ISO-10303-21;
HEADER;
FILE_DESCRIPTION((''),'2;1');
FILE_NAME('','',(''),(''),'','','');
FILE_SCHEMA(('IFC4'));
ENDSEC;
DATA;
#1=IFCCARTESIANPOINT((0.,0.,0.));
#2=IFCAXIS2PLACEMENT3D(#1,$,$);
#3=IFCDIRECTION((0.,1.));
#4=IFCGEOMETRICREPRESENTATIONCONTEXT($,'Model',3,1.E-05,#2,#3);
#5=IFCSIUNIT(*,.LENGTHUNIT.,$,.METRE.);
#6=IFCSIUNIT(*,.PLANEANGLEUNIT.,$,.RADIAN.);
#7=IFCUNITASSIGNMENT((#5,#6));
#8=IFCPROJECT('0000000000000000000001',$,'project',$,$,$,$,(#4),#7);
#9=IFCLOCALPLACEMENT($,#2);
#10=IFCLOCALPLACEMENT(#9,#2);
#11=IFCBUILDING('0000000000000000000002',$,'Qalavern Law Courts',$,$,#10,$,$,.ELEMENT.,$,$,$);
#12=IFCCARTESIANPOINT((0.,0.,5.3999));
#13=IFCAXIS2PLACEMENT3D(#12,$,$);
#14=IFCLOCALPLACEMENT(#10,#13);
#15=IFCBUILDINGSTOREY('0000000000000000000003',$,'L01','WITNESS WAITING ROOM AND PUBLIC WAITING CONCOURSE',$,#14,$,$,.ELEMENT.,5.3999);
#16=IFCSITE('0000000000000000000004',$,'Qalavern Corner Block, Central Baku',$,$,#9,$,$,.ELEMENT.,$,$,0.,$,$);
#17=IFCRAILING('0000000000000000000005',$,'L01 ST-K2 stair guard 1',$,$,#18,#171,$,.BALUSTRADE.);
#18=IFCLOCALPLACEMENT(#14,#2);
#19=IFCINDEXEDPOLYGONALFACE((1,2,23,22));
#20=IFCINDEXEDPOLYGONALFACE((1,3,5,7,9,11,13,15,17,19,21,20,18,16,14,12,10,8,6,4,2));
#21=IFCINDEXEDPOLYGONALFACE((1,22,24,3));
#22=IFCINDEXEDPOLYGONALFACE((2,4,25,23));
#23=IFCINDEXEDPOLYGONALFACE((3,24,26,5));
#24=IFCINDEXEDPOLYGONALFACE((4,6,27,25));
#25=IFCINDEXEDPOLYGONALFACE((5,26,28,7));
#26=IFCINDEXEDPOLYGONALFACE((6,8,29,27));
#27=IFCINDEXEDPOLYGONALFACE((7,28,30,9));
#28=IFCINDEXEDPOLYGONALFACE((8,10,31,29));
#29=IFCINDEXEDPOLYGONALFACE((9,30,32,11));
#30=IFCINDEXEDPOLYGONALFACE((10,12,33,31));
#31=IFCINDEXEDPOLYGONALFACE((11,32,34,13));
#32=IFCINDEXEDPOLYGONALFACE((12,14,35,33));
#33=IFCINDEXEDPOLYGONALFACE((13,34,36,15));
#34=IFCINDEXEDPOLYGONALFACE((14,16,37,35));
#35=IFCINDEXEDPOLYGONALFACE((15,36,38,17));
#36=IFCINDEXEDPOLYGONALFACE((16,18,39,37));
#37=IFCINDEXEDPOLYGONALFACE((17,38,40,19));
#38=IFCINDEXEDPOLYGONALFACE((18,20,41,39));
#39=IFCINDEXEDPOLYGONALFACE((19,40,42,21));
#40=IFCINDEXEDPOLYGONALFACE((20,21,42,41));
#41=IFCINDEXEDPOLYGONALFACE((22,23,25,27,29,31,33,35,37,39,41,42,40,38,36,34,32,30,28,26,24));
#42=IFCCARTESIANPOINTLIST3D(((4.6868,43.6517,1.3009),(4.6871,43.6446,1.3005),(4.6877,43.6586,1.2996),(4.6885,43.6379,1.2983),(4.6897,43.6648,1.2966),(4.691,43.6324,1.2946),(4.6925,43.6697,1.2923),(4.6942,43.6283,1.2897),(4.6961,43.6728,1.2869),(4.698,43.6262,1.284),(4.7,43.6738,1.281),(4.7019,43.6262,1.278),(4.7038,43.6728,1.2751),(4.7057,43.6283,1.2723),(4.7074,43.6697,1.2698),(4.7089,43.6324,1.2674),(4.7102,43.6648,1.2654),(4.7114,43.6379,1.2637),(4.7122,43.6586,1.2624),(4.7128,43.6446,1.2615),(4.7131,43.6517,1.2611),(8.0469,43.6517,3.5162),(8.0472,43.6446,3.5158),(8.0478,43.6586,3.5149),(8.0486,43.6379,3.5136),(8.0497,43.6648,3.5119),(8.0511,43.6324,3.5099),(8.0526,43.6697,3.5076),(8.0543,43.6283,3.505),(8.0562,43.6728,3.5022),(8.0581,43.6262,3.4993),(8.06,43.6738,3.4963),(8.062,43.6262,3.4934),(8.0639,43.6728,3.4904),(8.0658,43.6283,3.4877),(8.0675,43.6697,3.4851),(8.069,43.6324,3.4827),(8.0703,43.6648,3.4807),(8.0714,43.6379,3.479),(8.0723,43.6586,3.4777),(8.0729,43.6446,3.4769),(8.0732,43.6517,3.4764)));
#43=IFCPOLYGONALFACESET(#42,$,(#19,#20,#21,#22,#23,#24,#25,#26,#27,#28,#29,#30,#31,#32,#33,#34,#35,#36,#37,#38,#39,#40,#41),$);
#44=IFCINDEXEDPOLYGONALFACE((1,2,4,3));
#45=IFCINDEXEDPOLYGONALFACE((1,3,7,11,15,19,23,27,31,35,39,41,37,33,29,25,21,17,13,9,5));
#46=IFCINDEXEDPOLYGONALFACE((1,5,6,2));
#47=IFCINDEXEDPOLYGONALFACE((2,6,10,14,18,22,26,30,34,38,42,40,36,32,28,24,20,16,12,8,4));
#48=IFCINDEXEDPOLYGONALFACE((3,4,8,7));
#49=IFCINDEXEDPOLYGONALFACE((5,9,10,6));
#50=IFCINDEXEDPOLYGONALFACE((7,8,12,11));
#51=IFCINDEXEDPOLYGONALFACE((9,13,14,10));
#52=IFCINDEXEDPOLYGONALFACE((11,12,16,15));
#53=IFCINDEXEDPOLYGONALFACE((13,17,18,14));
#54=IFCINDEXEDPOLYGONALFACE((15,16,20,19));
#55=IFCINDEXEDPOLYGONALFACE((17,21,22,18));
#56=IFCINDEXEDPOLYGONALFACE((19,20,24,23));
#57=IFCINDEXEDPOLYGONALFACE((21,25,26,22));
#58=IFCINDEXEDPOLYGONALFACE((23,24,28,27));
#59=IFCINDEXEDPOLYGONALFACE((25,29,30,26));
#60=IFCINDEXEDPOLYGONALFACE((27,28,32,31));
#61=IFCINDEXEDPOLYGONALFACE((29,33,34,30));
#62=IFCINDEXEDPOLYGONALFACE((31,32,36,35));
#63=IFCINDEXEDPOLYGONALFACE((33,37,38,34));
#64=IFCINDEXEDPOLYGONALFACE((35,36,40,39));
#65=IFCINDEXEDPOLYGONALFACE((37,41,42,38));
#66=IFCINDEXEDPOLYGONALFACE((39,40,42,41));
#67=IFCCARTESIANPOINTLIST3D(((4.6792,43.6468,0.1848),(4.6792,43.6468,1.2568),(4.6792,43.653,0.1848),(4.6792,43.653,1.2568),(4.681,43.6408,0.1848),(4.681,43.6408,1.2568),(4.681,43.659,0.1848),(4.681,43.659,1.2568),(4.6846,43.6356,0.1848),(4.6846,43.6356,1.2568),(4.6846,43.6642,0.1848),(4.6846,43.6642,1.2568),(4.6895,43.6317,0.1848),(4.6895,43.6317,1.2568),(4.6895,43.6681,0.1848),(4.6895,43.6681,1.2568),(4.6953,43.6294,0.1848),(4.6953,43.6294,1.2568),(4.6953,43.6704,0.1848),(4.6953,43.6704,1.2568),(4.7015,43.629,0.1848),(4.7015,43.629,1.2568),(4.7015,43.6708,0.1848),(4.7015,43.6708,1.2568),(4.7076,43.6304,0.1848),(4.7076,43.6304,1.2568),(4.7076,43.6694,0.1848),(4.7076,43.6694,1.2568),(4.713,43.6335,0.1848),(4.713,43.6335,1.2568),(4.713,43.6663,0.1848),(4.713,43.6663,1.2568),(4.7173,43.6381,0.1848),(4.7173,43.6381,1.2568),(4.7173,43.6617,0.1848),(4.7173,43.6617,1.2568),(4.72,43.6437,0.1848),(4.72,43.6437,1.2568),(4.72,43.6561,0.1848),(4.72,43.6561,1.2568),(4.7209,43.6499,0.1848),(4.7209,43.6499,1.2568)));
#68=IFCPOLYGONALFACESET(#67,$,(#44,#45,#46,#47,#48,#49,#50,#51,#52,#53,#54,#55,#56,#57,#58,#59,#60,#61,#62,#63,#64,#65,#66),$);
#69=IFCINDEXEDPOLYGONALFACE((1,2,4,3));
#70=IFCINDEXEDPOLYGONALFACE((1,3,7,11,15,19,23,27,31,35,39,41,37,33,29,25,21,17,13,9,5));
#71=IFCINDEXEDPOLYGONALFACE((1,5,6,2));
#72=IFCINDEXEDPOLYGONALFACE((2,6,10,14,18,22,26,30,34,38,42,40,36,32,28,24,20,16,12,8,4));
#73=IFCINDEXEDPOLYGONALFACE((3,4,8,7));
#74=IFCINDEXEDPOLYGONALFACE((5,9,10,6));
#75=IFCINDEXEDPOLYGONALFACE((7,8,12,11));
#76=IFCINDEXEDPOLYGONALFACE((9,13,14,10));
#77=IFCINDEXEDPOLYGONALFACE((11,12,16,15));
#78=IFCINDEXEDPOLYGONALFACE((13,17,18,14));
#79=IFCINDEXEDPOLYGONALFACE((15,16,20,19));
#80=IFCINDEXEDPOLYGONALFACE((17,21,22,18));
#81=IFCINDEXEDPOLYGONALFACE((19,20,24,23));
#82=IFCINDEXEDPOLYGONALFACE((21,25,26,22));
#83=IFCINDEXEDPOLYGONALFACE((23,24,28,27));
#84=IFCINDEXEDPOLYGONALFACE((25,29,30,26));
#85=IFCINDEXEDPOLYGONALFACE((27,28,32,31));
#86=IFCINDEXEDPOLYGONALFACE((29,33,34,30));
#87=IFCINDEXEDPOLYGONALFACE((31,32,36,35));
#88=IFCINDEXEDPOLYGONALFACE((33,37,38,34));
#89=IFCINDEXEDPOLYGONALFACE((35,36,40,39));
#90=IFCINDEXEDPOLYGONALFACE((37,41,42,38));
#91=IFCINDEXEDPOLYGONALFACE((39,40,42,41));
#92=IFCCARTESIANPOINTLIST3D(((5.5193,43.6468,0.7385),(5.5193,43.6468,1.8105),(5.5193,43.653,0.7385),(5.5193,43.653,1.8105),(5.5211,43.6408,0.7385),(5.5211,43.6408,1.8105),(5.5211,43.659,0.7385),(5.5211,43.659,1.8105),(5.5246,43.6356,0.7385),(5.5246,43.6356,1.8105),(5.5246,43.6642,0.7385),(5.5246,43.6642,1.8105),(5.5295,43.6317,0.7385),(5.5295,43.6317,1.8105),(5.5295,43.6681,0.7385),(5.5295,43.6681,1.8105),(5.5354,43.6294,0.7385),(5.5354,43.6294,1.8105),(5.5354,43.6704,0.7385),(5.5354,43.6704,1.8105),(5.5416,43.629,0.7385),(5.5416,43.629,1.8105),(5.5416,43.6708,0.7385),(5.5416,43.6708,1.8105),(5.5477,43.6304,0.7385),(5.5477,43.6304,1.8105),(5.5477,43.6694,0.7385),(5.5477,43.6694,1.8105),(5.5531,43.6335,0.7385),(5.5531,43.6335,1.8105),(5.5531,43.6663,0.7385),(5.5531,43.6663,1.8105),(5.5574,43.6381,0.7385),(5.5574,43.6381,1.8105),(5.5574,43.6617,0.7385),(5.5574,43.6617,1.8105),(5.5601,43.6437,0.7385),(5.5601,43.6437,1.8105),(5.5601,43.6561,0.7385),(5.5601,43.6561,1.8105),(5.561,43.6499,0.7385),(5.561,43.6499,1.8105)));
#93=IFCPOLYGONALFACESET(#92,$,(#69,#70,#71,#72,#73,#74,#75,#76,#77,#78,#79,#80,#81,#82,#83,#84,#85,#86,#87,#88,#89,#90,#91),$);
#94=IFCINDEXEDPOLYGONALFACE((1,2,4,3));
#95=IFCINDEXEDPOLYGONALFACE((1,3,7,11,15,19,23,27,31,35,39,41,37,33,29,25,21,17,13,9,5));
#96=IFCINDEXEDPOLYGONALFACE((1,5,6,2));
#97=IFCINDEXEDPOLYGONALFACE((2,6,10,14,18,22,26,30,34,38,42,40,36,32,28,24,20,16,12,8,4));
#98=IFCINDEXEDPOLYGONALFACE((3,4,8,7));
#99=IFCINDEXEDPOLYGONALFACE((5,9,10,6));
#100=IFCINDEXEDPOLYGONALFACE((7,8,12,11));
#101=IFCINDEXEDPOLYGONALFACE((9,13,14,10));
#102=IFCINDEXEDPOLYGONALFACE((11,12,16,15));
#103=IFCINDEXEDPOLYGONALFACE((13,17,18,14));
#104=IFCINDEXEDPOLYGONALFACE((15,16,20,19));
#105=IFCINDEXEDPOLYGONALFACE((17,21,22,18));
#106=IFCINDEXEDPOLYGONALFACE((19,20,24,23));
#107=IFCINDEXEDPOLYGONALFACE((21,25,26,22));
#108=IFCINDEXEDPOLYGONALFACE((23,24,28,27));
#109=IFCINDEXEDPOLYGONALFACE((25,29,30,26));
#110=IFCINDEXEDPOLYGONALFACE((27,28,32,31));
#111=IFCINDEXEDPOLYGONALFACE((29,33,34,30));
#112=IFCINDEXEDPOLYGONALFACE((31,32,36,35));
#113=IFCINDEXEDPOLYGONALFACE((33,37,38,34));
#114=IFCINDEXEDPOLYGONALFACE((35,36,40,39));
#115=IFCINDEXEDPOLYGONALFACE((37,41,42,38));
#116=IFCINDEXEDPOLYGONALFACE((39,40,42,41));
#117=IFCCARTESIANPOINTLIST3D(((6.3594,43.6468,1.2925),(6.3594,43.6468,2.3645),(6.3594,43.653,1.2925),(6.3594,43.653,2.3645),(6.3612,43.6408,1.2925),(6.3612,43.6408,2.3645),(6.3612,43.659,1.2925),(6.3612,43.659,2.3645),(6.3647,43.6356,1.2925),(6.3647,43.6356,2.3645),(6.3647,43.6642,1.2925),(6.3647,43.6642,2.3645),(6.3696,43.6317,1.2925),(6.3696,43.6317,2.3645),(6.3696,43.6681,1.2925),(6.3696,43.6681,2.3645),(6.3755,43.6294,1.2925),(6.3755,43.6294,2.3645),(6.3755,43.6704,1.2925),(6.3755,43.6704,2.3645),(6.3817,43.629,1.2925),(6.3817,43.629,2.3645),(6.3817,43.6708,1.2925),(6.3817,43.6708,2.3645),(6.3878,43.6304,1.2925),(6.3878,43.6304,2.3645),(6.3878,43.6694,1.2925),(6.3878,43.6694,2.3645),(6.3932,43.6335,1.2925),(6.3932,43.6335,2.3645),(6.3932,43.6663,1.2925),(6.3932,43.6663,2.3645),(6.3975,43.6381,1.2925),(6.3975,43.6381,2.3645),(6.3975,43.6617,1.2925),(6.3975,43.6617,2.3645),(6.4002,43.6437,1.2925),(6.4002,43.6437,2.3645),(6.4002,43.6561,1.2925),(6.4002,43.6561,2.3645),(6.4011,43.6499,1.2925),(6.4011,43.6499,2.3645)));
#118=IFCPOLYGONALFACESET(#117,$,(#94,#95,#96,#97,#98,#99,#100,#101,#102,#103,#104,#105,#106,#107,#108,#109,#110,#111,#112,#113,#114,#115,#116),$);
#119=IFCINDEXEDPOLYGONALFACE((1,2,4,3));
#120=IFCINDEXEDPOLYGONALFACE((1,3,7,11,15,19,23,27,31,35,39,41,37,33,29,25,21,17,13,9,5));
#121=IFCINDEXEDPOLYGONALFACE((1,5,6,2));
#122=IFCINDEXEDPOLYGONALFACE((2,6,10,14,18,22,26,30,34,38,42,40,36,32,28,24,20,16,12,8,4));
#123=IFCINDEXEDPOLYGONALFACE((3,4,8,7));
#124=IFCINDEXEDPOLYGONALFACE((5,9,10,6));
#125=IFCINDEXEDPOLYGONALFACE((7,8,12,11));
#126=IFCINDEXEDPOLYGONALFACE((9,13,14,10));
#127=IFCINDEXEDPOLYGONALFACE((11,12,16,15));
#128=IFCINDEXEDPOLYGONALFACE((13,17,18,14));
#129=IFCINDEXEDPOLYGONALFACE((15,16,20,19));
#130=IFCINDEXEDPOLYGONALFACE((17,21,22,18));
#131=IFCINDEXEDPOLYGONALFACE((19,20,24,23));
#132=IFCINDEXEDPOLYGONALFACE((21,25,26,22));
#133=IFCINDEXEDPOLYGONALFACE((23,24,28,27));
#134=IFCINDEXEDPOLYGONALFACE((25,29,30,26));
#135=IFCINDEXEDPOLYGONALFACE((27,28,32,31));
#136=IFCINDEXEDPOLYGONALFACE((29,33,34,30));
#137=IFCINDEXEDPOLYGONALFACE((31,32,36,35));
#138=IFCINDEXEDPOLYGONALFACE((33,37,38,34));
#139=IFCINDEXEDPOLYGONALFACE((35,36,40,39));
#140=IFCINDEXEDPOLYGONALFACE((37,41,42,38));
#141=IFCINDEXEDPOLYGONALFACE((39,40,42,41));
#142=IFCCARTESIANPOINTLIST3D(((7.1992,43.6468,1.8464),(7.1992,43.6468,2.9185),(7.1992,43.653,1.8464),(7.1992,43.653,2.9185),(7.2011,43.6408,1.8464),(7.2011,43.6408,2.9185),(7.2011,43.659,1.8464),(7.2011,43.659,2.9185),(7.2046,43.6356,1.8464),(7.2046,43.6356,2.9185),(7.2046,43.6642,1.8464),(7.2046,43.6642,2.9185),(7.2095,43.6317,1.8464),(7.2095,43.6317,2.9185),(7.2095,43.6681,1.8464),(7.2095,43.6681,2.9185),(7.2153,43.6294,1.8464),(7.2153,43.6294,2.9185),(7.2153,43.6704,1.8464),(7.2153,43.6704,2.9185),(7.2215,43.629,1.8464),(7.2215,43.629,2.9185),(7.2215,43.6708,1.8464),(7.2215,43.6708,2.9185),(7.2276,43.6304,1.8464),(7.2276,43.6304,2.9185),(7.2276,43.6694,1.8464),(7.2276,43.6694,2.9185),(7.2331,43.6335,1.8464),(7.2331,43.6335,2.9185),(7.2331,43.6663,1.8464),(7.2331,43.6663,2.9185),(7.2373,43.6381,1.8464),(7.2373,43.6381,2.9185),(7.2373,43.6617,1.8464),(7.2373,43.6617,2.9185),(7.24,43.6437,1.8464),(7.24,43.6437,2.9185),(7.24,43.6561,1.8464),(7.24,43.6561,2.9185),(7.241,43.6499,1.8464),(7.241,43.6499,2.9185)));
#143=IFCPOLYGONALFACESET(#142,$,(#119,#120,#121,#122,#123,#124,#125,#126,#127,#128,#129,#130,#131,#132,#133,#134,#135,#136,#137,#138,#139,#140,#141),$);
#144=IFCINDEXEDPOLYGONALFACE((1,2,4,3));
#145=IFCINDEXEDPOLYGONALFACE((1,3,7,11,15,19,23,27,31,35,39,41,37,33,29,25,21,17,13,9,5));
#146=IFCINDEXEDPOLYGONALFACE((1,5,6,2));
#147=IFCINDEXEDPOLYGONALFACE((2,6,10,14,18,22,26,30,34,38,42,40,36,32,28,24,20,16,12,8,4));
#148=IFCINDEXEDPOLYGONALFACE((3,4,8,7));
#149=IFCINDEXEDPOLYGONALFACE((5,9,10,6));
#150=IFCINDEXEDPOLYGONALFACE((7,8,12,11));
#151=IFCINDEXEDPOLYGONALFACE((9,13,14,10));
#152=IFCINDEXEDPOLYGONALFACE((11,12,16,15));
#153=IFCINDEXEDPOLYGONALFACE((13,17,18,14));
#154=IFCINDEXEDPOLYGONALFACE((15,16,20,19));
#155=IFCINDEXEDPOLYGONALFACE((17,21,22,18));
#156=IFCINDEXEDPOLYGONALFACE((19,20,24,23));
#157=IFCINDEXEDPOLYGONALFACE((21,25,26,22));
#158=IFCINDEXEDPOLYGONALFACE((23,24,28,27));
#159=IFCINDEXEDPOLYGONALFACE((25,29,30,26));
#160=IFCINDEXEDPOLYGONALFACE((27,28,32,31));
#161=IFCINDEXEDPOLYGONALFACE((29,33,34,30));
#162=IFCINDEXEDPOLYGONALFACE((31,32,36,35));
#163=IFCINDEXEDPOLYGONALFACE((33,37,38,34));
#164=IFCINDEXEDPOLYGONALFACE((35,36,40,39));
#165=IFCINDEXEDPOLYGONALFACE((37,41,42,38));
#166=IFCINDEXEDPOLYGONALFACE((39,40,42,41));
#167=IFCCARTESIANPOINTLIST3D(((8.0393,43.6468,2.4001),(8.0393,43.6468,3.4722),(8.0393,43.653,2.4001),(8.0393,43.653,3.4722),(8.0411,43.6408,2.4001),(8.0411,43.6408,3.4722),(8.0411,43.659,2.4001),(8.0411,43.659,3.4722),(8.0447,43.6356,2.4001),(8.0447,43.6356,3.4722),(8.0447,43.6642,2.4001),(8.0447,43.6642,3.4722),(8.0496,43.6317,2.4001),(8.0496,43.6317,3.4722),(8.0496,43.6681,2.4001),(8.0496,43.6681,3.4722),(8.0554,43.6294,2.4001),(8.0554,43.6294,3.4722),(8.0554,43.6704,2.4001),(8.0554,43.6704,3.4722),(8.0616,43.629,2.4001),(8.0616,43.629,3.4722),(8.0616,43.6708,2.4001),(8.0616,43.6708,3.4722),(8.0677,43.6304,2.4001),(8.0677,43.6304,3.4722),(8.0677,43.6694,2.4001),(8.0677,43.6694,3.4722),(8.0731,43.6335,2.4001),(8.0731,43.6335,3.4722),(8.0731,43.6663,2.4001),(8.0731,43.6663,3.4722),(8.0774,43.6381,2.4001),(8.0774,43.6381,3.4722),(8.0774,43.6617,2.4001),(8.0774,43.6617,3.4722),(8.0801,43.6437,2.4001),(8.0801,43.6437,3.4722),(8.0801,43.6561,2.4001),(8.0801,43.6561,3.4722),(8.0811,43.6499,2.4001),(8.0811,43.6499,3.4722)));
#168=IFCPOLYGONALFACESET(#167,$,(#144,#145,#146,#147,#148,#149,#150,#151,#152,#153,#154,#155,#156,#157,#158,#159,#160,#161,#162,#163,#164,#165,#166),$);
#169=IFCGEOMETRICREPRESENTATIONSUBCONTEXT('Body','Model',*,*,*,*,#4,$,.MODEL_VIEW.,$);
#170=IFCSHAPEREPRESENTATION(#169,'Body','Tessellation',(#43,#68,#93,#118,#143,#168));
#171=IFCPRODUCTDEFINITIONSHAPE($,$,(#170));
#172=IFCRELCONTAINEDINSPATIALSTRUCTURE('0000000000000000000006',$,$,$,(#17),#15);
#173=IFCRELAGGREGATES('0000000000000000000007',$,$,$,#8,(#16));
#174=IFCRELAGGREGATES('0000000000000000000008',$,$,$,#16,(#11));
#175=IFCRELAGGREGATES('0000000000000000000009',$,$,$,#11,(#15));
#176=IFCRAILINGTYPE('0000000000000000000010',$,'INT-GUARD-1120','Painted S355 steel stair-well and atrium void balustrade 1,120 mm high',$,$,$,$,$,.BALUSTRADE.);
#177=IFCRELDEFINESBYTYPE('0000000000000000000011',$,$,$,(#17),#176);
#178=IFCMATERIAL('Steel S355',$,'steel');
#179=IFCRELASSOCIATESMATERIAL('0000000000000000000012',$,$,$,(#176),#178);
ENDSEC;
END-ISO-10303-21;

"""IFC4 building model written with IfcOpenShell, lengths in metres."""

from ifc_helpers import new_model, si_unit, direction, frame, origin, origin_2d, place, context, subcontext, project, spatial, circle, extrude, material, type_object, element, save


model = new_model("IFC4")

# Units and contexts
model_context = context("Model", 3, precision=1e-05, world=origin(), true_north=direction((0.0, 1.0)))
body_context = subcontext(model_context, "Body", "Model", "MODEL_VIEW")
ifc_project = project(units=[si_unit("LENGTHUNIT", "METRE"), si_unit("PLANEANGLEUNIT", "RADIAN")], contexts=[model_context])

# Site, building, storey
site_placement = place(None, origin())
site = spatial("IfcSite", under=ifc_project, at=site_placement, Name="Qalavern Corner Block, Central Baku", CompositionType="ELEMENT", RefElevation=0.0)
building_placement = place(site_placement, origin())
building = spatial("IfcBuilding", under=site, at=building_placement, Name="Qalavern Law Courts", CompositionType="ELEMENT")
storey_placement = place(building_placement, frame((0.0, 0.0, 5.3999)))
storey = spatial("IfcBuildingStorey", under=building, at=storey_placement, Name="L01", Description="WITNESS WAITING ROOM AND PUBLIC WAITING CONCOURSE", CompositionType="ELEMENT", Elevation=5.3999)

# Railing
ifc_material_1 = material(Name="Steel S355", Category="steel")
railing_type_1 = type_object("IfcRailingType", Name="INT-GUARD-1120", Description="Painted S355 steel stair-well and atrium void balustrade 1,120 mm high", PredefinedType="BALUSTRADE", material=ifc_material_1)
railing_1_placement = place(storey_placement, frame((4.7, 43.6499, 0.1848)))
element("IfcRailing", 1, at=railing_1_placement, inside=storey, type_object=railing_type_1, Name="L01 ST-K2 stair guard 1", PredefinedType="BALUSTRADE", context=body_context, shape_type="SweptSolid", body=[
    extrude(circle(Radius=0.0239, at=origin_2d()), frame((0.0, 0.0, 1.0962), z_axis=(0.834876, 0.0, 0.550437), x_axis=(0.0, 1.0, 0.0)), (0.0, 0.0, 1.0), 4.0247),
    extrude(circle(Radius=0.021, at=origin_2d()), origin(), (0.0, 0.0, 1.0), 1.072),
    extrude(circle(Radius=0.021, at=origin_2d()), frame((0.8401, 0.0, 0.5537)), (0.0, 0.0, 1.0), 1.072),
    extrude(circle(Radius=0.021, at=origin_2d()), frame((1.6802, 0.0, 1.1077)), (0.0, 0.0, 1.0), 1.072),
    extrude(circle(Radius=0.021, at=origin_2d()), frame((2.52, 0.0, 1.6616)), (0.0, 0.0, 1.0), 1.072),
    extrude(circle(Radius=0.021, at=origin_2d()), frame((3.3601, 0.0, 2.2153)), (0.0, 0.0, 1.0), 1.072),
])

save(model, "model.ifc")
